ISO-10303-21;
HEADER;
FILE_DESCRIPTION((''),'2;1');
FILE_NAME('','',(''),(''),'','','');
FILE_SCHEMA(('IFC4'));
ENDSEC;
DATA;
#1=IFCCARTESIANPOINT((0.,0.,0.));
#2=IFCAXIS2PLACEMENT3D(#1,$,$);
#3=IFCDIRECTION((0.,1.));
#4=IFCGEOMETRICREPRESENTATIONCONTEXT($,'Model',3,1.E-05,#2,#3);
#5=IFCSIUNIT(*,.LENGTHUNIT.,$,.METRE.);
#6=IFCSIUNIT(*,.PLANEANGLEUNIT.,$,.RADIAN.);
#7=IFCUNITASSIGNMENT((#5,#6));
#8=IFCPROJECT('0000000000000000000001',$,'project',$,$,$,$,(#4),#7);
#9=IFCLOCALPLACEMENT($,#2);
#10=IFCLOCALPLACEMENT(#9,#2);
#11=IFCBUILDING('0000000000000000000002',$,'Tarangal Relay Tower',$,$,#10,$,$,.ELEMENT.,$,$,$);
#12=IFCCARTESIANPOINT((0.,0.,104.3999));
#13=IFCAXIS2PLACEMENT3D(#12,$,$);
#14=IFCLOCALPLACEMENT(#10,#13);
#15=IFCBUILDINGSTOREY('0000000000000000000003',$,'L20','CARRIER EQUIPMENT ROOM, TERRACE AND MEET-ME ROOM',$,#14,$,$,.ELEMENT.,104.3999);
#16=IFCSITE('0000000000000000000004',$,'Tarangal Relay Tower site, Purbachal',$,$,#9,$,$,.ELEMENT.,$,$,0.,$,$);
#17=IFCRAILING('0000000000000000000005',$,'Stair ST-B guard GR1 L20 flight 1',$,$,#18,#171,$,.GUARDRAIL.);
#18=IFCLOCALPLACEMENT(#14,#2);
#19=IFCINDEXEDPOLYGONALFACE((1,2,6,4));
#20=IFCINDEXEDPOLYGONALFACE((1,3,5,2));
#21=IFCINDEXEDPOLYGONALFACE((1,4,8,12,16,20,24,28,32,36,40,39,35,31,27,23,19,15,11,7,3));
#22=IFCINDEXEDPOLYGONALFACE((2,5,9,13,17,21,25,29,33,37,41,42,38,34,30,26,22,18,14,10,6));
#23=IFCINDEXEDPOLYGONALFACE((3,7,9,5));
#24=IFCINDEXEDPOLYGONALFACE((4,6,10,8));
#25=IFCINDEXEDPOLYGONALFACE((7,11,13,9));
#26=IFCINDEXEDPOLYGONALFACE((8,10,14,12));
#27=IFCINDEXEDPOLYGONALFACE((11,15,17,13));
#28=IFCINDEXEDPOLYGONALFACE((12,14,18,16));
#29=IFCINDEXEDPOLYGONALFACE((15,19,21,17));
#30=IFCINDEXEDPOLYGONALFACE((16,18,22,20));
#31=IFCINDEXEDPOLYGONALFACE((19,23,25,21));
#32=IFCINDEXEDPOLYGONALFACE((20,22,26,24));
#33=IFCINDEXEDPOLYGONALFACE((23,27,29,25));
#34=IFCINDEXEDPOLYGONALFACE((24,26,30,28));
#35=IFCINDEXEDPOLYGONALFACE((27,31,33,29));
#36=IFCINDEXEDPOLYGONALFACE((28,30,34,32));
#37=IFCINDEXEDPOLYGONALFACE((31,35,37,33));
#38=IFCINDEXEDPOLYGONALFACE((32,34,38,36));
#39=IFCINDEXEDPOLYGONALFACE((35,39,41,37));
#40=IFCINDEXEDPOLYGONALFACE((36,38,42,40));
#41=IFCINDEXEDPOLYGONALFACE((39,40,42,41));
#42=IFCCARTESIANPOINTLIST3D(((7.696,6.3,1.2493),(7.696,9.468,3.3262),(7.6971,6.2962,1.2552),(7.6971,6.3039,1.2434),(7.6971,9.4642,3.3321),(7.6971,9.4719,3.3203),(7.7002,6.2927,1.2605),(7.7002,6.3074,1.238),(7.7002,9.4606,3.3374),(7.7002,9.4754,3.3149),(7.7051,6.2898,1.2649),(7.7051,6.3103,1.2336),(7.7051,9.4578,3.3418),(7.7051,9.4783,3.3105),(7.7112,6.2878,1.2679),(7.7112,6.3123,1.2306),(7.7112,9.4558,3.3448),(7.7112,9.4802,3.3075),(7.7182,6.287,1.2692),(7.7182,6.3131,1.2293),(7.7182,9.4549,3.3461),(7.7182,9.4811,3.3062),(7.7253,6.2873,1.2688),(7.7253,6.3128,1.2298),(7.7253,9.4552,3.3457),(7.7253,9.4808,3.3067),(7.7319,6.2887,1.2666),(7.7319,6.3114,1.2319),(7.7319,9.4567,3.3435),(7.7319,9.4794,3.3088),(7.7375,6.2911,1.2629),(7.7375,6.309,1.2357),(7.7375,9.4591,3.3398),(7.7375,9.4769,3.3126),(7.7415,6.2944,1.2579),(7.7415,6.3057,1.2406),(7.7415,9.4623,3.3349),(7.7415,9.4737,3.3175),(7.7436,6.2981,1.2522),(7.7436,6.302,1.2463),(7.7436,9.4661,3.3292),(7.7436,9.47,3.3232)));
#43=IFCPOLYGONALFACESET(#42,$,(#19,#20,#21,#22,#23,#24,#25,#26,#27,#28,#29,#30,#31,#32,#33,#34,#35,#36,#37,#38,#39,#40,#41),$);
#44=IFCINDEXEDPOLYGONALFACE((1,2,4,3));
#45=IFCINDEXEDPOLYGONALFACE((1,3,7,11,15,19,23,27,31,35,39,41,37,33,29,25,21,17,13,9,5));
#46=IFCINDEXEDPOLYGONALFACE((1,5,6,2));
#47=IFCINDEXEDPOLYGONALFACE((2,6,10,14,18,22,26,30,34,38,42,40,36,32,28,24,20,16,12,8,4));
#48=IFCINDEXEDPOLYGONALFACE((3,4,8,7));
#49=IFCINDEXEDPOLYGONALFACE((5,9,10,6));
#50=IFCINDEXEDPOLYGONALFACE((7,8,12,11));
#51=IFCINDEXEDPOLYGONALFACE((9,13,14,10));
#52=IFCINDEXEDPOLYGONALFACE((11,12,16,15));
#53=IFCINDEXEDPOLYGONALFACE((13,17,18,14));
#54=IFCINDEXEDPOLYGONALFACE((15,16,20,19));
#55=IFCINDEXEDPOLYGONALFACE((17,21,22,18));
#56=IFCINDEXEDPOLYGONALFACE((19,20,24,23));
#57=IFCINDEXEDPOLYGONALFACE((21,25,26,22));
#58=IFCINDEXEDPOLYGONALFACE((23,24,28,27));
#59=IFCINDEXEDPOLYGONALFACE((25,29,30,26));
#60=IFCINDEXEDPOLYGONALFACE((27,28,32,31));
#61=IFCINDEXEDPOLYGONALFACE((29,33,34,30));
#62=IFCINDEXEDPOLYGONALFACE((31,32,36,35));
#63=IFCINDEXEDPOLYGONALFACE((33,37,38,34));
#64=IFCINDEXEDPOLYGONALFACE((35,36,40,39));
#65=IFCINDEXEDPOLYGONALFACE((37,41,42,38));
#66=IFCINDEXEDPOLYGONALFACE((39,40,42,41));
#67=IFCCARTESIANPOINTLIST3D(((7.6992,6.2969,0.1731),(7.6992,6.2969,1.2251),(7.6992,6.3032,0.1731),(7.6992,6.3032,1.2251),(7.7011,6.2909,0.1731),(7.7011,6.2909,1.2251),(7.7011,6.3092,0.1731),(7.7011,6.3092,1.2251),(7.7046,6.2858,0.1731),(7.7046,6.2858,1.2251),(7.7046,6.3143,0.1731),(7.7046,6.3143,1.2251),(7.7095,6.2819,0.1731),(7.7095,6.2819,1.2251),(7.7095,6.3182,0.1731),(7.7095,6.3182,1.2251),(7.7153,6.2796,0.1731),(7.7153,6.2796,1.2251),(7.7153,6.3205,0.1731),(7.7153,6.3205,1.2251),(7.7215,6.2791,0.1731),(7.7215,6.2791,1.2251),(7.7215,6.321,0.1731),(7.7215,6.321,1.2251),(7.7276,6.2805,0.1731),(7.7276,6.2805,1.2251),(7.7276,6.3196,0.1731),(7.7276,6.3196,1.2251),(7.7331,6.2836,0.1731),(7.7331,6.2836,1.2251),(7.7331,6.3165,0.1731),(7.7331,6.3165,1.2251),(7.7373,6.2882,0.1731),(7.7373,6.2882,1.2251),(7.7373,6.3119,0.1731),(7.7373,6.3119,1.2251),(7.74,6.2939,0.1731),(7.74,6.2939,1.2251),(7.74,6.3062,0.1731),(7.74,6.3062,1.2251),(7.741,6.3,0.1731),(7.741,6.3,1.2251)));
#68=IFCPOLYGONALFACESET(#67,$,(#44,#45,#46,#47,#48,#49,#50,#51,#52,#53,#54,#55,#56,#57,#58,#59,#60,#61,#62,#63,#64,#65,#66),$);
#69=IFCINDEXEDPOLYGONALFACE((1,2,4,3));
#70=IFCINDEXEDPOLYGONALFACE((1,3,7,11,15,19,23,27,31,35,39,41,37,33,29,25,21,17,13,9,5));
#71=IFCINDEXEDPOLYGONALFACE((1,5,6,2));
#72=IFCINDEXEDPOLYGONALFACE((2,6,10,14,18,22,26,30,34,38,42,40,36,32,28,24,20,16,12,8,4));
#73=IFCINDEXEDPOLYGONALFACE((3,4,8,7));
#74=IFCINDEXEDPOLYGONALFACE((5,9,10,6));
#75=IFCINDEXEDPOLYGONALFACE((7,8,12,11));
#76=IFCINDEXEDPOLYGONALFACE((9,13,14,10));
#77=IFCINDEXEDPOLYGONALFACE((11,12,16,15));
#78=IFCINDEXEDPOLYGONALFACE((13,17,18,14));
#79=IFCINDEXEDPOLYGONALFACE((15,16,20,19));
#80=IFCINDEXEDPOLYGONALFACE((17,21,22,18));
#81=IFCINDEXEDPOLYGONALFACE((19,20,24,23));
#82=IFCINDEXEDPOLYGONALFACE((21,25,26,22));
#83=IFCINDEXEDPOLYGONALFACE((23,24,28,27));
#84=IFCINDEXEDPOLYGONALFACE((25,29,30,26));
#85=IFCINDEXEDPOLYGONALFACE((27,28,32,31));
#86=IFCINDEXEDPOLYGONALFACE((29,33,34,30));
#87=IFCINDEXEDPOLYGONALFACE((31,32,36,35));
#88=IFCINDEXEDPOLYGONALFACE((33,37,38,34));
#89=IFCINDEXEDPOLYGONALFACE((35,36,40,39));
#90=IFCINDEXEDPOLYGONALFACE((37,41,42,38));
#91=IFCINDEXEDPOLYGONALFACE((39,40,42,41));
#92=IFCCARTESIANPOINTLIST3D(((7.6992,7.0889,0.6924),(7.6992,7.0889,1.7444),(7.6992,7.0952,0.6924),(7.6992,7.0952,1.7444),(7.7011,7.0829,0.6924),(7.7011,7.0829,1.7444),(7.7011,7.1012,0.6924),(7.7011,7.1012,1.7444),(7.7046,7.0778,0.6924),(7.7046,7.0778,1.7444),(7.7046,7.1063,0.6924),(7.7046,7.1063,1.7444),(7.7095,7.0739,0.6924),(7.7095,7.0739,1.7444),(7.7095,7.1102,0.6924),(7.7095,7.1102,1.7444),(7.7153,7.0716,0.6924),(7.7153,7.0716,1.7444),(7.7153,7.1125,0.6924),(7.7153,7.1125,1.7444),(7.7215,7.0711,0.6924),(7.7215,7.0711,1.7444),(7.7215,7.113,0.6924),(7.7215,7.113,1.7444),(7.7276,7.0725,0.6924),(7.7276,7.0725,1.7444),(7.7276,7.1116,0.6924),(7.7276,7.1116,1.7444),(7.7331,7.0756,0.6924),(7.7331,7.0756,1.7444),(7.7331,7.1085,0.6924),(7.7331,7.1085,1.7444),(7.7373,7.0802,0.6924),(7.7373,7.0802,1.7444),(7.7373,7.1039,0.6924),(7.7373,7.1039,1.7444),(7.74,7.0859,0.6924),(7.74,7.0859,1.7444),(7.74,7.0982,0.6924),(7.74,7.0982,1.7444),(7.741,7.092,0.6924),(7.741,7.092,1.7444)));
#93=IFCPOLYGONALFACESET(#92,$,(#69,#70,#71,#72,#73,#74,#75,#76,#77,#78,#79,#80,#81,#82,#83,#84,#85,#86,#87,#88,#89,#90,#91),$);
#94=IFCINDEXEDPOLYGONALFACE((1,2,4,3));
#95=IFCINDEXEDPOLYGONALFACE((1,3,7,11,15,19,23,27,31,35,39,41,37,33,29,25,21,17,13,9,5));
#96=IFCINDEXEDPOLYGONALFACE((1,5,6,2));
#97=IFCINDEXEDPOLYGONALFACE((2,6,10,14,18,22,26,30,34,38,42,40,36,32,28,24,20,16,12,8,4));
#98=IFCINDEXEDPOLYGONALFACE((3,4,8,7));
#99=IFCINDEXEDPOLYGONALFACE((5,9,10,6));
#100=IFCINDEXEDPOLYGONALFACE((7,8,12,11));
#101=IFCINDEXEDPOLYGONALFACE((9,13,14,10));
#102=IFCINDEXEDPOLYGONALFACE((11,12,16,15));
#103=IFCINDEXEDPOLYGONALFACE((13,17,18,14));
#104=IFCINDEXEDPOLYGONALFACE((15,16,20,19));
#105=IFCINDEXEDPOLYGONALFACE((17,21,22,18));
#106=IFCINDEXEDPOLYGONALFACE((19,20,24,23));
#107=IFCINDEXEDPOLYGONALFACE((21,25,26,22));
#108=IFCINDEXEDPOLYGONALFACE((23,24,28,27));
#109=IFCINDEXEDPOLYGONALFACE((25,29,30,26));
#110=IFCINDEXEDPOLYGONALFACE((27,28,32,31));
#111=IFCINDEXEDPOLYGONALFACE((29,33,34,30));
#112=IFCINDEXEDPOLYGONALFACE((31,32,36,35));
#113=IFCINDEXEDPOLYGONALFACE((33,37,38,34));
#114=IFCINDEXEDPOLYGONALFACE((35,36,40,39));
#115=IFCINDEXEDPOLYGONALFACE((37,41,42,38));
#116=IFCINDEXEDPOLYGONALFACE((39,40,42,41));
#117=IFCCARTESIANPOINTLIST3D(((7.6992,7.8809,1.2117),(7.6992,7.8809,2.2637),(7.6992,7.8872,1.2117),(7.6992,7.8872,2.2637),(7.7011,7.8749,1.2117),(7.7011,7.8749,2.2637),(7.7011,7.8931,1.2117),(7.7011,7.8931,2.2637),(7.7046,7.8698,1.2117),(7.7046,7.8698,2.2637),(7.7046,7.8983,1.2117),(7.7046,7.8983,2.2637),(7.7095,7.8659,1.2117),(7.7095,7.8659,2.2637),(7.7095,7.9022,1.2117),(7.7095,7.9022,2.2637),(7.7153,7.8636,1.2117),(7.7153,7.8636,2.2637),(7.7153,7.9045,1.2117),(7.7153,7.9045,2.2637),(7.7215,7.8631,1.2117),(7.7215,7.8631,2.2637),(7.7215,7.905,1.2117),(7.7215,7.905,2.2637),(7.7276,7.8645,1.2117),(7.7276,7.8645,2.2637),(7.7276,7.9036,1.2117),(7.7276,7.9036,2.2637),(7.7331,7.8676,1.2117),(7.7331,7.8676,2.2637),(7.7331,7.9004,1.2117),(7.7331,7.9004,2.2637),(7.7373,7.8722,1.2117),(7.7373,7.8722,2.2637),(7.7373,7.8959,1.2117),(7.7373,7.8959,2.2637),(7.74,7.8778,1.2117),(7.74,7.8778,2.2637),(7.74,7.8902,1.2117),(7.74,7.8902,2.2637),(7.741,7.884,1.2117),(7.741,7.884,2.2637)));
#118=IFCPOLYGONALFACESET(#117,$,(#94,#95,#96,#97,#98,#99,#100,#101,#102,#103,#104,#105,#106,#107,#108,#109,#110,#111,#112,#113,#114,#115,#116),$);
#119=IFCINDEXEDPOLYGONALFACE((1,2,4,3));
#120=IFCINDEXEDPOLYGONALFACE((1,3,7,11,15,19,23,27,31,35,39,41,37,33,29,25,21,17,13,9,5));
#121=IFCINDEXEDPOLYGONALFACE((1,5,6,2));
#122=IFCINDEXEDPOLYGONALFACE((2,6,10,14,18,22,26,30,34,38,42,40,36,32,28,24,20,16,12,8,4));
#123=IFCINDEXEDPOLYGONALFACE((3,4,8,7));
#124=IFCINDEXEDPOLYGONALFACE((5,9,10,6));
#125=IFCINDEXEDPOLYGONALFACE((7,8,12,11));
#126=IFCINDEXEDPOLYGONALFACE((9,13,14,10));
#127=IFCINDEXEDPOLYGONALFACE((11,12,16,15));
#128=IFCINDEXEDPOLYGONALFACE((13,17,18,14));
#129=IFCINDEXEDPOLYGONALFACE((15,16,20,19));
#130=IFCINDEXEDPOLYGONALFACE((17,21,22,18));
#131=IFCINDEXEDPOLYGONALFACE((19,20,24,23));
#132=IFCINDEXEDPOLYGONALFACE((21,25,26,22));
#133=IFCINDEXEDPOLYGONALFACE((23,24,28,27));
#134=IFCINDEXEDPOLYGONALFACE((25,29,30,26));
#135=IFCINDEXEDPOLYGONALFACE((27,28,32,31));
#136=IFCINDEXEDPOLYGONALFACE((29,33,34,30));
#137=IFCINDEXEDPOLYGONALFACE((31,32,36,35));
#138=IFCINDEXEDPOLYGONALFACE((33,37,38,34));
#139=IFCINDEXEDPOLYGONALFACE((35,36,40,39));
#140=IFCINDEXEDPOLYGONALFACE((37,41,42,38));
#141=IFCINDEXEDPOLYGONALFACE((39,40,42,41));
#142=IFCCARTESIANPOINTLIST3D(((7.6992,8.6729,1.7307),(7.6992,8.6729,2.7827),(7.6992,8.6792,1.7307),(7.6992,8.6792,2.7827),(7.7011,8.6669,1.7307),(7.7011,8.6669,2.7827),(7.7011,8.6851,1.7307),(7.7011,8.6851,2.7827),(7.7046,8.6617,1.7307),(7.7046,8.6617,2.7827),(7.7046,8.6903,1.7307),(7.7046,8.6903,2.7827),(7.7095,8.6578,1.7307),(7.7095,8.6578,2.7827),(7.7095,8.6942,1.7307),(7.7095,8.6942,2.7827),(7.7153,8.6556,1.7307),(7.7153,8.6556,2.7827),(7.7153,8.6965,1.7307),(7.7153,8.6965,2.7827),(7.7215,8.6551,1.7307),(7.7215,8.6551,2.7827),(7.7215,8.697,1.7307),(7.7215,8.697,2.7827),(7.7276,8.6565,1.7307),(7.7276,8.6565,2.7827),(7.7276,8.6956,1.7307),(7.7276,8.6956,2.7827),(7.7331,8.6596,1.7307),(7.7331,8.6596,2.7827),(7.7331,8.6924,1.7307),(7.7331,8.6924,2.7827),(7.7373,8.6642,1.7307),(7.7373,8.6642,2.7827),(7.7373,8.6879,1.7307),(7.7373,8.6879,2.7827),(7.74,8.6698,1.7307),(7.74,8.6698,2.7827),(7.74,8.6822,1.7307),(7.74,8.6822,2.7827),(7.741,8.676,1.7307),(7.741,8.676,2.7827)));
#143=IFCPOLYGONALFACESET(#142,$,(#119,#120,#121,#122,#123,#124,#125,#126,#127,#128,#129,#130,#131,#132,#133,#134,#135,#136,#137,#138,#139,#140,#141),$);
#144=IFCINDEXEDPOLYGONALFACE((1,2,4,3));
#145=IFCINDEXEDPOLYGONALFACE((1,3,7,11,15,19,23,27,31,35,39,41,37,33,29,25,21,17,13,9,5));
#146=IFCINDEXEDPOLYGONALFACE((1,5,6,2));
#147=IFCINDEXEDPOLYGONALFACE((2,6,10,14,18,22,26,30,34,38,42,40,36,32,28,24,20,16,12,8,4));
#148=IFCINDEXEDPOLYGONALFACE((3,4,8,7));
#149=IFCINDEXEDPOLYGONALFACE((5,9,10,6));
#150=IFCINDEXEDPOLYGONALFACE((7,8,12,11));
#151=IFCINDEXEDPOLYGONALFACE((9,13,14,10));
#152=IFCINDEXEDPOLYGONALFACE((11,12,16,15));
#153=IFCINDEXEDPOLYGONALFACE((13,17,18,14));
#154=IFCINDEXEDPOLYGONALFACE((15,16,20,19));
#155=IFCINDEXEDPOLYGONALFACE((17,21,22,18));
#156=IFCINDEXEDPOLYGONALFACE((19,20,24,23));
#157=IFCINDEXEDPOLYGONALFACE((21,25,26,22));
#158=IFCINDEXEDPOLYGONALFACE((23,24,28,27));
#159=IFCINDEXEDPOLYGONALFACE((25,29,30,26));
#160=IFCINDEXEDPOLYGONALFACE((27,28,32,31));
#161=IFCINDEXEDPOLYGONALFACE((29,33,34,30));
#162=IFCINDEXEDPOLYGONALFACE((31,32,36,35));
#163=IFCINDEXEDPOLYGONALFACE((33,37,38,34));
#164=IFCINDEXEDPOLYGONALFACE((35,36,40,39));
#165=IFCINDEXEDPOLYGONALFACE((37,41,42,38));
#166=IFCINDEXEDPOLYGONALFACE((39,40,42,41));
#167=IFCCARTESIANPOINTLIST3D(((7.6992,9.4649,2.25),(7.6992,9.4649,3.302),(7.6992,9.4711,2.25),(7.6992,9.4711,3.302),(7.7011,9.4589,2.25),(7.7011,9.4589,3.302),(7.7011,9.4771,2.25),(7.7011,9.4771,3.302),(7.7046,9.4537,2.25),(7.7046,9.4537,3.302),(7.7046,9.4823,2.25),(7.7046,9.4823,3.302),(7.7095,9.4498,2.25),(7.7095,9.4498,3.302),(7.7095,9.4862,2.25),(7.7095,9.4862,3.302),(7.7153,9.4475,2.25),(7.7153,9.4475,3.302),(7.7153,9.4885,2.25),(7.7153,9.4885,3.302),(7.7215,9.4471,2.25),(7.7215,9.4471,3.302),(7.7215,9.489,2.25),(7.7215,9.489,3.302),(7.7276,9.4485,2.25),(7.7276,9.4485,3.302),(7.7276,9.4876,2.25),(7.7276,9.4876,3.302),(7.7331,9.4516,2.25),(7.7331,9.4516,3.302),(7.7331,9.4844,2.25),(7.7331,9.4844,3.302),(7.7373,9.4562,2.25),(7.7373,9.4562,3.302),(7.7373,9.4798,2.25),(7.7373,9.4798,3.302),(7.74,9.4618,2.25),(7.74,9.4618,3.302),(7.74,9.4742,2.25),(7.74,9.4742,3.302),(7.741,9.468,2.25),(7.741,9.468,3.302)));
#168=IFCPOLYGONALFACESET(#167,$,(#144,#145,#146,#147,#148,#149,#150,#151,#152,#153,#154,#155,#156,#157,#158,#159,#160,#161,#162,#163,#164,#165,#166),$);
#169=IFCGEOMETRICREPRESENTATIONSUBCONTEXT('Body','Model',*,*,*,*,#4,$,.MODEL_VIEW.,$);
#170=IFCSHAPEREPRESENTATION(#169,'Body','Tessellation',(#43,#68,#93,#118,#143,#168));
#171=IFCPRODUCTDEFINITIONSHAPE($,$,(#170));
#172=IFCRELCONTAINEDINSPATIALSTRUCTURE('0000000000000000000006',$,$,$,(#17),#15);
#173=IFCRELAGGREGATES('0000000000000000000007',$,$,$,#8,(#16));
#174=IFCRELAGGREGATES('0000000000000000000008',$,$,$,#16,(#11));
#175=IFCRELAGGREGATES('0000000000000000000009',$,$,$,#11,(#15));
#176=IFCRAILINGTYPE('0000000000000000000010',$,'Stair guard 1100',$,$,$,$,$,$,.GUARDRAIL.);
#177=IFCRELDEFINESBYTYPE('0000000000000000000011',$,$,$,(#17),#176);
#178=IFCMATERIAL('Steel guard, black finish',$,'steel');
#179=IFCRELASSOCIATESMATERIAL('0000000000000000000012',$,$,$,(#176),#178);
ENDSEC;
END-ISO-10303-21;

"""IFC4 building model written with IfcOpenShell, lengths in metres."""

from ifc_helpers import new_model, si_unit, direction, frame, origin, origin_2d, place, context, subcontext, project, spatial, circle, extrude, material, type_object, element, save


model = new_model("IFC4")

# Units and contexts
model_context = context("Model", 3, precision=1e-05, world=origin(), true_north=direction((0.0, 1.0)))
body_context = subcontext(model_context, "Body", "Model", "MODEL_VIEW")
ifc_project = project(units=[si_unit("LENGTHUNIT", "METRE"), si_unit("PLANEANGLEUNIT", "RADIAN")], contexts=[model_context])

# Site, building, storey
site_placement = place(None, origin())
site = spatial("IfcSite", under=ifc_project, at=site_placement, Name="Tarangal Relay Tower site, Purbachal", CompositionType="ELEMENT", RefElevation=0.0)
building_placement = place(site_placement, origin())
building = spatial("IfcBuilding", under=site, at=building_placement, Name="Tarangal Relay Tower", CompositionType="ELEMENT")
storey_placement = place(building_placement, frame((0.0, 0.0, 104.3999)))
storey = spatial("IfcBuildingStorey", under=building, at=storey_placement, Name="L20", Description="CARRIER EQUIPMENT ROOM, TERRACE AND MEET-ME ROOM", CompositionType="ELEMENT", Elevation=104.3999)

# Railing
ifc_material_1 = material(Name="Steel guard, black finish", Category="steel")
railing_type_1 = type_object("IfcRailingType", Name="Stair guard 1100", PredefinedType="GUARDRAIL", material=ifc_material_1)
railing_1_placement = place(storey_placement, frame((7.72, 6.3, 0.1731)))
element("IfcRailing", 1, at=railing_1_placement, inside=storey, type_object=railing_type_1, Name="Stair ST-B guard GR1 L20 flight 1", PredefinedType="GUARDRAIL", context=body_context, shape_type="SweptSolid", body=[
    extrude(circle(Radius=0.0239, at=origin_2d()), frame((0.0, 0.0, 1.0762), z_axis=(0.0, 0.836299, 0.548273), x_axis=(-1.0, 0.0, 0.0)), (0.0, 0.0, 1.0), 3.7881),
    extrude(circle(Radius=0.021, at=origin_2d()), origin(), (0.0, 0.0, 1.0), 1.052),
    extrude(circle(Radius=0.021, at=origin_2d()), frame((0.0, 0.792, 0.5193)), (0.0, 0.0, 1.0), 1.052),
    extrude(circle(Radius=0.021, at=origin_2d()), frame((0.0, 1.584, 1.0386)), (0.0, 0.0, 1.0), 1.052),
    extrude(circle(Radius=0.021, at=origin_2d()), frame((0.0, 2.376, 1.5576)), (0.0, 0.0, 1.0), 1.052),
    extrude(circle(Radius=0.021, at=origin_2d()), frame((0.0, 3.168, 2.0769)), (0.0, 0.0, 1.0), 1.052),
])

save(model, "model.ifc")
